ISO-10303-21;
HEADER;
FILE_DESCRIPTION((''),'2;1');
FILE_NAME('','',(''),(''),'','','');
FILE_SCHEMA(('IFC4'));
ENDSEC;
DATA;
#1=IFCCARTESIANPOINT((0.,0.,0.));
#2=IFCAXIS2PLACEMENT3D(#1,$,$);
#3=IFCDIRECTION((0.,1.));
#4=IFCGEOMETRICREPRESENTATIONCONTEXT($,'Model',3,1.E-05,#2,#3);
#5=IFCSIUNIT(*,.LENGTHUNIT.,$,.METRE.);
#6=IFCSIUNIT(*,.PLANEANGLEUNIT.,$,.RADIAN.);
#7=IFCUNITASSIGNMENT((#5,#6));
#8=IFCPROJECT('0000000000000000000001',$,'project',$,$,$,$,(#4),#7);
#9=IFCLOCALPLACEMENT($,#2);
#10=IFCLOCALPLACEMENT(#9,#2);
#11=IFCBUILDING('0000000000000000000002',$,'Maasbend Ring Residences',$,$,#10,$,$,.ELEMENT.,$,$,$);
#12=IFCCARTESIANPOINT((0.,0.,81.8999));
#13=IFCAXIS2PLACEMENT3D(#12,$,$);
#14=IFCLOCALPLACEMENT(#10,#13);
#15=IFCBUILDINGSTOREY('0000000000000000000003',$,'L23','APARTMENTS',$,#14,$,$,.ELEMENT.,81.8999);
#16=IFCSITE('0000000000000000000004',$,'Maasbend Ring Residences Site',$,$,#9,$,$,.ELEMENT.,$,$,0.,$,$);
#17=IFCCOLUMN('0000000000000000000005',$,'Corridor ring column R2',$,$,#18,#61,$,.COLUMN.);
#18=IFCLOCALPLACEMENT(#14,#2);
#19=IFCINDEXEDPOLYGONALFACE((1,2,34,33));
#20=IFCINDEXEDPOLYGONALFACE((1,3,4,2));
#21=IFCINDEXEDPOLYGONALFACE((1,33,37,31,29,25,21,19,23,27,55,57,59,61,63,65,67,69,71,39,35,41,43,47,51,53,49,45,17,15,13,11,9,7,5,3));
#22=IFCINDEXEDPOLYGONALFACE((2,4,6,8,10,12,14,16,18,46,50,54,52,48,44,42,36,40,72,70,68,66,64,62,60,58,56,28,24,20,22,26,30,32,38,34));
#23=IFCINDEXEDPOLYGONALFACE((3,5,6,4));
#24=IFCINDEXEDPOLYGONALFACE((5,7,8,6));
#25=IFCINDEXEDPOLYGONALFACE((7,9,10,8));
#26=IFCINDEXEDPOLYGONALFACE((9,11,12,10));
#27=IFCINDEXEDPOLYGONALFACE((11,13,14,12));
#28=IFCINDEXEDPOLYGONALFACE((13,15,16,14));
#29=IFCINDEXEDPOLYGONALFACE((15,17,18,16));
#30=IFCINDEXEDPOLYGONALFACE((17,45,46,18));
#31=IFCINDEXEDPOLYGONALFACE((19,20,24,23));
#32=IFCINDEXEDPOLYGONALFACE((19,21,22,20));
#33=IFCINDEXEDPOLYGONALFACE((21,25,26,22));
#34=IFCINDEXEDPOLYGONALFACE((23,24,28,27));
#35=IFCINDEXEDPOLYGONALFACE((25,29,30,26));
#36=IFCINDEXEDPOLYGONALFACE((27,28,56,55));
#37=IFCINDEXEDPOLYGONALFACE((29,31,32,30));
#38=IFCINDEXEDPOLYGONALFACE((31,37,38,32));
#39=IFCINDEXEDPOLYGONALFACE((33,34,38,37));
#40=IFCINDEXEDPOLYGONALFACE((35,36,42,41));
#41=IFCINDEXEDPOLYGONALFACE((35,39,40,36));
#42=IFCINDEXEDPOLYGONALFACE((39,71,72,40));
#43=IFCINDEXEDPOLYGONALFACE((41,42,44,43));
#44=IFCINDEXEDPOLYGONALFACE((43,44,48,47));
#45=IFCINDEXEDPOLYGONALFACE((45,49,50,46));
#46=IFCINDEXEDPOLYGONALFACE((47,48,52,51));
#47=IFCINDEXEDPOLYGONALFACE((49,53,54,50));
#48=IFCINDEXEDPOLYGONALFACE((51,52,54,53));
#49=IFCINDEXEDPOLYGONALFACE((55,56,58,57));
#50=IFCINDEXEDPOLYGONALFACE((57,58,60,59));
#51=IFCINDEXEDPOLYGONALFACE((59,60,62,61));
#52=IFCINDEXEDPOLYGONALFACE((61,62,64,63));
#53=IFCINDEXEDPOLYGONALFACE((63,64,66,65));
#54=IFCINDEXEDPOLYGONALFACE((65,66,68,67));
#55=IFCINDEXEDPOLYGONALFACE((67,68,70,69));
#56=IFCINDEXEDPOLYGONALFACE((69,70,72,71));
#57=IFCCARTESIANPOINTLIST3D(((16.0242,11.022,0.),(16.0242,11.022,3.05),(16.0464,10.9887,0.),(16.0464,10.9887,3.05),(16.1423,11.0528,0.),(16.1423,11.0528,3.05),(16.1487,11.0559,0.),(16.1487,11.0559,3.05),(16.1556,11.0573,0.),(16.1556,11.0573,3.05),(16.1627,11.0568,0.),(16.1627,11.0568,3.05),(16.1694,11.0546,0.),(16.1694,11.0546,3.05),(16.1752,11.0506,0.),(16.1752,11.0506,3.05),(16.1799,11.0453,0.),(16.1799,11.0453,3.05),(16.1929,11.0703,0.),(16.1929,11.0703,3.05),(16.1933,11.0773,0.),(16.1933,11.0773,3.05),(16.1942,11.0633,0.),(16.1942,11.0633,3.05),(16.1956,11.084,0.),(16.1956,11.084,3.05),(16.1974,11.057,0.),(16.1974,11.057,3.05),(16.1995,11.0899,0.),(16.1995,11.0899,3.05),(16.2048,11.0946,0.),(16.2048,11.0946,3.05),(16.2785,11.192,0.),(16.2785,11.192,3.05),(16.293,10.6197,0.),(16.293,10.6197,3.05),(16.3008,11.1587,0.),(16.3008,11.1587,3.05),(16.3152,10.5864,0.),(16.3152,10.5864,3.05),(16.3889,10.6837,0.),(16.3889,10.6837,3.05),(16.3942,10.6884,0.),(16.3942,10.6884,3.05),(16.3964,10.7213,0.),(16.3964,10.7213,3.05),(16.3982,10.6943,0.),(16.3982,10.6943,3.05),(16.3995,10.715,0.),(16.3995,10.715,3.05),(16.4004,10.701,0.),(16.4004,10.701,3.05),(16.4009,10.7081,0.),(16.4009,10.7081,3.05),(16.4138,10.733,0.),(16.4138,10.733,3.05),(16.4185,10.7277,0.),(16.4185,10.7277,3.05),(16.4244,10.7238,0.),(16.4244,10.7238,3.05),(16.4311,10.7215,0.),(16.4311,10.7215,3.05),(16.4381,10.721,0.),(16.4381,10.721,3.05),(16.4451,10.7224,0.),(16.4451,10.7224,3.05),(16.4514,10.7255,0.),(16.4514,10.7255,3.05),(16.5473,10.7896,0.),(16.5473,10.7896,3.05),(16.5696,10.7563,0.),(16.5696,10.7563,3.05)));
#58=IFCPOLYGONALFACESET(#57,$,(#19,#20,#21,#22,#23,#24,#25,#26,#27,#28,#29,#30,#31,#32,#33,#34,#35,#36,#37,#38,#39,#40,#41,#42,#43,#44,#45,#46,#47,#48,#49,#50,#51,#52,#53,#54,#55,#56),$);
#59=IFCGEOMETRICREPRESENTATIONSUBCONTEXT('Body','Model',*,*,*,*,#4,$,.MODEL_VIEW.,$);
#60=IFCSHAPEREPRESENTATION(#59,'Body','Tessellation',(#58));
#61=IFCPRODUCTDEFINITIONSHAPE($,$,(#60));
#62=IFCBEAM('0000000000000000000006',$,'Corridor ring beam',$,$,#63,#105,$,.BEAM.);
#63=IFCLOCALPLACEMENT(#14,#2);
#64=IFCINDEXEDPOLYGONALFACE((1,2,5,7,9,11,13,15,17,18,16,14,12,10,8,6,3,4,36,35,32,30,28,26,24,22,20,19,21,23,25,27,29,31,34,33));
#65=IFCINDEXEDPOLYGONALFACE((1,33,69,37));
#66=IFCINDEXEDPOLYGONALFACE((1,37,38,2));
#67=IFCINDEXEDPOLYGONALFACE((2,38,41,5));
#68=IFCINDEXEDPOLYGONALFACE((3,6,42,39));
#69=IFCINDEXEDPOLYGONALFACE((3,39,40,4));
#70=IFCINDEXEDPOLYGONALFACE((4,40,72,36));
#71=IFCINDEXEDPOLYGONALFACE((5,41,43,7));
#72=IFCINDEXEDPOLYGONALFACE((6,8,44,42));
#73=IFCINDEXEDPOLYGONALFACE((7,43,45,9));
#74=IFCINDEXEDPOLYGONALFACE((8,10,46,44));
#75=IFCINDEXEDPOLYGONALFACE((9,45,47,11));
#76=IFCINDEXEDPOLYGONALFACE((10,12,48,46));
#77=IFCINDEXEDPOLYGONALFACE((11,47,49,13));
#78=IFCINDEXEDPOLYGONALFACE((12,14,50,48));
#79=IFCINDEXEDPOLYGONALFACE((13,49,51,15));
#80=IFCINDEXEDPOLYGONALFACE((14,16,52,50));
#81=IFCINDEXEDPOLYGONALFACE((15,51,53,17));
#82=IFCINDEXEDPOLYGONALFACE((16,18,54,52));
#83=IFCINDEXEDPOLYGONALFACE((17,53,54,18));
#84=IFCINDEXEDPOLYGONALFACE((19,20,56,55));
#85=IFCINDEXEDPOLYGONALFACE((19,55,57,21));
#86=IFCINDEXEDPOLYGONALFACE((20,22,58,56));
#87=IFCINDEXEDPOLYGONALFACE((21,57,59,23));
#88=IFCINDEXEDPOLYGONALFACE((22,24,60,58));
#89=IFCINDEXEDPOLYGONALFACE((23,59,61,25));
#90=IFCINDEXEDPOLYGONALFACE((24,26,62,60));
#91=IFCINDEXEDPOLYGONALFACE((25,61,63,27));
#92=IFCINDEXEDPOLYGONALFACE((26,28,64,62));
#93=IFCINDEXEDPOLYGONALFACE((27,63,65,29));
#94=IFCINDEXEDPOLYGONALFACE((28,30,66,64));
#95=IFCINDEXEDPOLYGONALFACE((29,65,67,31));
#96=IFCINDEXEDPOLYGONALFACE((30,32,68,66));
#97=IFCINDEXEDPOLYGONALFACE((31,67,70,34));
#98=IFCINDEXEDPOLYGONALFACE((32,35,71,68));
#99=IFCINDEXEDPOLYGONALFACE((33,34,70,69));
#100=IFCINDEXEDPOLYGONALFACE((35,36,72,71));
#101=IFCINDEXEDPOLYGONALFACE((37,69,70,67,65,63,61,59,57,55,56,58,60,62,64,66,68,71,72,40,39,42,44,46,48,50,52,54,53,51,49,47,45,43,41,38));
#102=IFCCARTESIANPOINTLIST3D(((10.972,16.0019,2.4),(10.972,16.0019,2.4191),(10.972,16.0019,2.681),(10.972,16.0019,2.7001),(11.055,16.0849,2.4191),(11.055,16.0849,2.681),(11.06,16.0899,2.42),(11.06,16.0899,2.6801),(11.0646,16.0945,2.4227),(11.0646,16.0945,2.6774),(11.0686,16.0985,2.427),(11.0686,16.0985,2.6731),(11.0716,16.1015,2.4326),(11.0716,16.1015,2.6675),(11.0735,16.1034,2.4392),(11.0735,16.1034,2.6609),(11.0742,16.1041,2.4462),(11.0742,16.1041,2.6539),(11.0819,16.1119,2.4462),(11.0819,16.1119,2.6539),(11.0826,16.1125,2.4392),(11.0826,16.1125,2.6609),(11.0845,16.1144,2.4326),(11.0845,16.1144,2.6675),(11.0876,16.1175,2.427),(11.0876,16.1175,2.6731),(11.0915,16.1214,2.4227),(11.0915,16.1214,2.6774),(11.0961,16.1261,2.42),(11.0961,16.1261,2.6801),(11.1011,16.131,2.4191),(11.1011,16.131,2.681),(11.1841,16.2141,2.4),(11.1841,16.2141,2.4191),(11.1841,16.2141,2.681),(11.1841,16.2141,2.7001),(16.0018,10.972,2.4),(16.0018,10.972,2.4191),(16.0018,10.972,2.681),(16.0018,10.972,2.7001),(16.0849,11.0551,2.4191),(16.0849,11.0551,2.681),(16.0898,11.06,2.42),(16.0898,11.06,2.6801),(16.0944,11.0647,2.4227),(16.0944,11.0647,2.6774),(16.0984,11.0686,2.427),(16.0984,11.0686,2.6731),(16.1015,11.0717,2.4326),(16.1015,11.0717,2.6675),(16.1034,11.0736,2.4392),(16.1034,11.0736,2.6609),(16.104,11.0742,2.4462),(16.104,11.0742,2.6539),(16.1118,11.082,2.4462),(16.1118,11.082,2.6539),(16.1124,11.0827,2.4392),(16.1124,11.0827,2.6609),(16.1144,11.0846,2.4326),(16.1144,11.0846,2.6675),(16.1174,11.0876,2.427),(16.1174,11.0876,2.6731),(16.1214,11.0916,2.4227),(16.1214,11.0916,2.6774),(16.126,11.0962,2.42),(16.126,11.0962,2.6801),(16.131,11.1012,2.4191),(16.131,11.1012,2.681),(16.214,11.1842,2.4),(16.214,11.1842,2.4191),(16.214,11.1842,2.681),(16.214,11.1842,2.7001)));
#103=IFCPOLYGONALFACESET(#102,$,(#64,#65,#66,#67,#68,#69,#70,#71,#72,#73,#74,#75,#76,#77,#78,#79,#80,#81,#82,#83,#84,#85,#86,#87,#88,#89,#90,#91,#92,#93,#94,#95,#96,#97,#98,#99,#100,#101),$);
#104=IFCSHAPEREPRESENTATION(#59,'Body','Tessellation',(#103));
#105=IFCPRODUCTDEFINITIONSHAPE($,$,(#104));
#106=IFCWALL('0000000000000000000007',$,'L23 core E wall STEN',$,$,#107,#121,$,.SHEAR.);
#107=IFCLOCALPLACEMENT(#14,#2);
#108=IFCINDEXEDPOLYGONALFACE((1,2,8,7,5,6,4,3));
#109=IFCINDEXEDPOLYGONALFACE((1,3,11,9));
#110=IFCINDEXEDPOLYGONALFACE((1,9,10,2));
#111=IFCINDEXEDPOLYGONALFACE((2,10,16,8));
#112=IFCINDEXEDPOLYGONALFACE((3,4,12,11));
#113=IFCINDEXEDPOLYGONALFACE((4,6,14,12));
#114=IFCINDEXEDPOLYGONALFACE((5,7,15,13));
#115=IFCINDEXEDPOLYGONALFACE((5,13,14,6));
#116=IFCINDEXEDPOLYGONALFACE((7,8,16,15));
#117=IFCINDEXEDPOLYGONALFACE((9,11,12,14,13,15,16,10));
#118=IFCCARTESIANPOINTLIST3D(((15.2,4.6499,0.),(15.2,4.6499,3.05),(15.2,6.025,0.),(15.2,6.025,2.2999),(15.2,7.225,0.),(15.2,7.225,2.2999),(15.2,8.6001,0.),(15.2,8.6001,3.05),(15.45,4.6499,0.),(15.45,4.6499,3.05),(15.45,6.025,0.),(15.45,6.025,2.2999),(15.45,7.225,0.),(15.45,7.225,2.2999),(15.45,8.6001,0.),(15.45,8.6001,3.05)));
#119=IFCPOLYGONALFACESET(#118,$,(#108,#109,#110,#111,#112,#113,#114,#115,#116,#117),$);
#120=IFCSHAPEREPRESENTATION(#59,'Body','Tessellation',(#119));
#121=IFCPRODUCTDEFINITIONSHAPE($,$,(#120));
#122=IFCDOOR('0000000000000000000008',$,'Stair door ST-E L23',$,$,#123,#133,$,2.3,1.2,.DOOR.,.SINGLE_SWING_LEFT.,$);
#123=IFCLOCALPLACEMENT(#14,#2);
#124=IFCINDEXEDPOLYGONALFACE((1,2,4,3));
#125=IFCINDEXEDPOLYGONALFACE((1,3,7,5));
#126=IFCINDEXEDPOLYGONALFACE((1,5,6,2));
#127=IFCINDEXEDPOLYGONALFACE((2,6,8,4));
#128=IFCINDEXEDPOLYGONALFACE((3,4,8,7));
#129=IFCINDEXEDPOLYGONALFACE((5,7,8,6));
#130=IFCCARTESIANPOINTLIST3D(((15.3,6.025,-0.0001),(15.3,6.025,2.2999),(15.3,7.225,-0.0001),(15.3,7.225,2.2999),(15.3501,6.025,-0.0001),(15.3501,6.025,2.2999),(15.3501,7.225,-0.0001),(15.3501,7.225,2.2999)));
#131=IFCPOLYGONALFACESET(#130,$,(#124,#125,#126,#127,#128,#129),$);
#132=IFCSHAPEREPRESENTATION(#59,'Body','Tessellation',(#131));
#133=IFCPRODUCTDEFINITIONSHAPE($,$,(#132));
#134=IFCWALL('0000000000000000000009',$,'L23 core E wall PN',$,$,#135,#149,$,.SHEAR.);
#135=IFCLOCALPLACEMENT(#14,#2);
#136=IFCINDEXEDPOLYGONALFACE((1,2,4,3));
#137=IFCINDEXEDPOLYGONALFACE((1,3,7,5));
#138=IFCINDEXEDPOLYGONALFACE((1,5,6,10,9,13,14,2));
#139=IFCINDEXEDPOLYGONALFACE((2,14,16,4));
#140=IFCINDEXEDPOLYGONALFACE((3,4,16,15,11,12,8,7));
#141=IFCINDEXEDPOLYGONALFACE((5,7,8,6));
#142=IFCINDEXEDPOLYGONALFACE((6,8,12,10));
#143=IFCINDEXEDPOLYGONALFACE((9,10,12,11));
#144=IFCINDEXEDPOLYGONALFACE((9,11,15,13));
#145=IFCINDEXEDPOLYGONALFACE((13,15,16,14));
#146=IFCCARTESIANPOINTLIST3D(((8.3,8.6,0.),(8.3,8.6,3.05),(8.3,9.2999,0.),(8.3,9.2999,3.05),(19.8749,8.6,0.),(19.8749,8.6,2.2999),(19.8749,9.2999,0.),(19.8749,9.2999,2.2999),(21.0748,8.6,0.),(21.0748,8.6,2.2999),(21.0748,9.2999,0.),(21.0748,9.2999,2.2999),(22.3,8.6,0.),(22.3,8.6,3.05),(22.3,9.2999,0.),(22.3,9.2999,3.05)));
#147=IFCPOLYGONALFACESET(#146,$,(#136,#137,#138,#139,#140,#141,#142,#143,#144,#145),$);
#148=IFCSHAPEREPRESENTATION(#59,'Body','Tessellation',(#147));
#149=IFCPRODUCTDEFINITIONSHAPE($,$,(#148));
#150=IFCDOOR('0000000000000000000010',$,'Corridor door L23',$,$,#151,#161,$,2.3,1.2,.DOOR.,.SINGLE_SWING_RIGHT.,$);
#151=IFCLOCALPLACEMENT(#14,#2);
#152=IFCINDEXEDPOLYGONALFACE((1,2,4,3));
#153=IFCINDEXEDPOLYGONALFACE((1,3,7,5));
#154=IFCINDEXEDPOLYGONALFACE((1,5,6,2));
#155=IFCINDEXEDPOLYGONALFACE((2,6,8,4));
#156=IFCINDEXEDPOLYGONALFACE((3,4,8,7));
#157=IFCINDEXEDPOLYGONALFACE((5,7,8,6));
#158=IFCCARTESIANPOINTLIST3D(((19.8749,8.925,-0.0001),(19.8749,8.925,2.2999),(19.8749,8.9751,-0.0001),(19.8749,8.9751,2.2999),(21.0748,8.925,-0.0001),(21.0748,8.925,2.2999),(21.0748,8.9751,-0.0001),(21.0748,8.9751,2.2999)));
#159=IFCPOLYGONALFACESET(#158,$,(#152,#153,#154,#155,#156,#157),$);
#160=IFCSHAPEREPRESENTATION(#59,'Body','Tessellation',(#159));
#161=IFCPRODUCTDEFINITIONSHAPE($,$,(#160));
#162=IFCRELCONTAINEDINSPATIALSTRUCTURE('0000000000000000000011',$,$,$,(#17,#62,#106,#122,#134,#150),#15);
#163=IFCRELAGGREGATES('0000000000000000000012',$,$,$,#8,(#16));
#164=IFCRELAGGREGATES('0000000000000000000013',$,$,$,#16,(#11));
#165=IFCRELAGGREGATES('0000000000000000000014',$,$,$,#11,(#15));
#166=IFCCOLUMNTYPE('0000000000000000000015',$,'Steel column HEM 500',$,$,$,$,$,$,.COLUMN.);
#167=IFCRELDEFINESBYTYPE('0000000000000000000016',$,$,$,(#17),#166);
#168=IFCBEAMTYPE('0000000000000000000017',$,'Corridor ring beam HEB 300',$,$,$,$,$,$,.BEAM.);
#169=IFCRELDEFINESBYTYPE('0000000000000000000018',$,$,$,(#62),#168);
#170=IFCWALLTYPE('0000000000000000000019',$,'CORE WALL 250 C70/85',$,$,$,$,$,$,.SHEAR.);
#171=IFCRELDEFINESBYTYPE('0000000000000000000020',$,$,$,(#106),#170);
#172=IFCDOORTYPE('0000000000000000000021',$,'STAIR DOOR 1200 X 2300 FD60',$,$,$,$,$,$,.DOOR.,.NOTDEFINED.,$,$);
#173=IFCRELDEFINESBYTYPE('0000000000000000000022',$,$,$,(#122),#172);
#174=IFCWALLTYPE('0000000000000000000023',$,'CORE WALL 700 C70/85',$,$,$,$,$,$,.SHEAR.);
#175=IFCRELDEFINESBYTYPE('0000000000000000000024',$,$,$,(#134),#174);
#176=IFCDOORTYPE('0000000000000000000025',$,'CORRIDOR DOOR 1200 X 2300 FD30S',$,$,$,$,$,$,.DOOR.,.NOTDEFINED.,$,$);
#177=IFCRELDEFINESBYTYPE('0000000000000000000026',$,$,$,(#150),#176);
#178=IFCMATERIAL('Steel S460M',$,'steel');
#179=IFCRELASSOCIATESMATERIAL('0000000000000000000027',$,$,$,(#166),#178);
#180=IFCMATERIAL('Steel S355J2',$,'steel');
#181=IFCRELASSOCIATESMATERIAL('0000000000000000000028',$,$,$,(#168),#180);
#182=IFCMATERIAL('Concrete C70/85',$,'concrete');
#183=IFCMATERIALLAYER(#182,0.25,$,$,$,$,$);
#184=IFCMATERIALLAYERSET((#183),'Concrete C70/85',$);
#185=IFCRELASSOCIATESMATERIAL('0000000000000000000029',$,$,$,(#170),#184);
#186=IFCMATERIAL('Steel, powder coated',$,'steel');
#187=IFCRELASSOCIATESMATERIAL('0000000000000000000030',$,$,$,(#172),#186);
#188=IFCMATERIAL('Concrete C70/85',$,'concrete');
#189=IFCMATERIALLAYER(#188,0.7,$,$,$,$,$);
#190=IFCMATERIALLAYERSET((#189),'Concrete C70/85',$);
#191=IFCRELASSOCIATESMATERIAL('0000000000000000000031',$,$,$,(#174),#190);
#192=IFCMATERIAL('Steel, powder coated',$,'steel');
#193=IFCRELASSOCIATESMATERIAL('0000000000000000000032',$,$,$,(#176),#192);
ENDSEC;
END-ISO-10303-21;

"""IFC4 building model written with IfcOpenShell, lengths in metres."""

from ifc_helpers import new_model, si_unit, direction, frame, frame_2d, origin, origin_2d, place, context, subcontext, project, spatial, rectangle, i_section, extrude, material, layer, layer_set, material_profile, profile_set, type_object, element, fill, save


model = new_model("IFC4")

# Units and contexts
model_context = context("Model", 3, precision=1e-05, world=origin(), true_north=direction((0.0, 1.0)))
body_context = subcontext(model_context, "Body", "Model", "MODEL_VIEW")
ifc_project = project(units=[si_unit("LENGTHUNIT", "METRE"), si_unit("PLANEANGLEUNIT", "RADIAN")], contexts=[model_context])

# Site, building, storey
site_placement = place(None, origin())
site = spatial("IfcSite", under=ifc_project, at=site_placement, Name="Maasbend Ring Residences Site", CompositionType="ELEMENT", RefElevation=0.0)
building_placement = place(site_placement, origin())
building = spatial("IfcBuilding", under=site, at=building_placement, Name="Maasbend Ring Residences", CompositionType="ELEMENT")
storey_placement = place(building_placement, frame((0.0, 0.0, 81.8999)))
storey = spatial("IfcBuildingStorey", under=building, at=storey_placement, Name="L23", Description="APARTMENTS", CompositionType="ELEMENT", Elevation=81.8999)

# Column
ifc_material_1 = material(Name="Steel S460M", Category="steel")
ifc_material_profile_1 = material_profile(ifc_material_1, i_section(OverallWidth=0.3059, OverallDepth=0.5239, WebThickness=0.021, FlangeThickness=0.04, FilletRadius=0.0271, at=origin_2d()), Name="HEM 500")
ifc_profile_set_1 = profile_set([ifc_material_profile_1], Name="Steel S460M")
column_type = type_object("IfcColumnType", Name="Steel column HEM 500", PredefinedType="COLUMN", material=ifc_profile_set_1)
column_placement = place(storey_placement, frame((16.2969, 10.8892, 0.0), z_axis=(0.0, 0.0, 1.0), x_axis=(0.83147, 0.55557, 0.0)))
element("IfcColumn", 1, at=column_placement, inside=storey, type_object=column_type, Name="Corridor ring column R2", PredefinedType="COLUMN", context=body_context, shape_type="SweptSolid", body=[
    extrude(i_section(OverallWidth=0.3059, OverallDepth=0.5239, WebThickness=0.021, FlangeThickness=0.04, FilletRadius=0.0271, at=origin_2d()), origin(), (0.0, 0.0, 1.0), 3.05),
])

# Beam
ifc_material_2 = material(Name="Steel S355J2", Category="steel")
ifc_material_profile_2 = material_profile(ifc_material_2, i_section(OverallWidth=0.3, OverallDepth=0.3, WebThickness=0.011, FlangeThickness=0.019, FilletRadius=0.0271, at=origin_2d()), Name="HEB 300")
ifc_profile_set_2 = profile_set([ifc_material_profile_2], Name="Steel S355J2")
beam_type = type_object("IfcBeamType", Name="Corridor ring beam HEB 300", PredefinedType="BEAM", material=ifc_profile_set_2)
beam_placement = place(storey_placement, frame((16.1079, 11.0781, 2.55), z_axis=(-0.707107, 0.707107, 0.0), x_axis=(-0.707107, -0.707107, 0.0)))
element("IfcBeam", 2, at=beam_placement, inside=storey, type_object=beam_type, Name="Corridor ring beam", PredefinedType="BEAM", context=body_context, shape_type="SweptSolid", body=[
    extrude(i_section(OverallWidth=0.3, OverallDepth=0.3, WebThickness=0.011, FlangeThickness=0.019, FilletRadius=0.0271, at=origin_2d()), origin(), (0.0, 0.0, 1.0), 7.1133),
])

# Walls, openings, doors
ifc_material_3 = material(Name="Concrete C70/85", Category="concrete")
ifc_layer_1 = layer(ifc_material_3, 0.25)
ifc_layer_set_1 = layer_set([ifc_layer_1], Name="Concrete C70/85")
wall_type_1 = type_object("IfcWallType", Name="CORE WALL 250 C70/85", PredefinedType="SHEAR", material=ifc_layer_set_1)
wall_1_placement = place(storey_placement, frame((15.325, 4.6499, 0.0), z_axis=(0.0, 0.0, 1.0), x_axis=(0.0, 1.0, 0.0)))
wall_1 = element("IfcWall", 3, at=wall_1_placement, inside=storey, type_object=wall_type_1, Name="L23 core E wall STEN", PredefinedType="SHEAR", context=body_context, shape_type="SweptSolid", body=[
    extrude(rectangle(XDim=3.9502, YDim=0.25, at=frame_2d((1.9751, 0.0))), origin(), (0.0, 0.0, 1.0), 3.05),
])
opening_1_placement = place(wall_1_placement, frame((1.375, 0.0, 0.0)))
opening_1 = element("IfcOpeningElement", 4, at=opening_1_placement, cuts=wall_1, PredefinedType="OPENING", context=body_context, shape_type="SweptSolid", body=[
    extrude(rectangle(XDim=1.2, YDim=2.3, at=frame_2d((0.6001, 1.1499))), frame((0.0, 0.135, 0.0), z_axis=(0.0, -1.0, 0.0), x_axis=(1.0, 0.0, 0.0)), (0.0, 0.0, 1.0), 0.27),
])
ifc_material_4 = material(Name="Steel, powder coated", Category="steel")
door_type_1 = type_object("IfcDoorType", Name="STAIR DOOR 1200 X 2300 FD60", OperationType="NOTDEFINED", PredefinedType="DOOR", material=ifc_material_4)
door_1_placement = place(opening_1_placement, origin())
door_1 = element("IfcDoor", 5, at=door_1_placement, inside=storey, type_object=door_type_1, Name="Stair door ST-E L23", OperationType="SINGLE_SWING_LEFT", OverallHeight=2.3, OverallWidth=1.2, PredefinedType="DOOR", context=body_context, shape_type="SweptSolid", body=[
    extrude(rectangle(XDim=1.2, YDim=2.3, at=frame_2d((0.6001, 1.1499))), frame((0.0, 0.0249, 0.0), z_axis=(0.0, -1.0, 0.0), x_axis=(1.0, 0.0, 0.0)), (0.0, 0.0, 1.0), 0.05),
])
fill(opening_1, door_1)
ifc_material_5 = material(Name="Concrete C70/85", Category="concrete")
ifc_layer_2 = layer(ifc_material_5, 0.7)
ifc_layer_set_2 = layer_set([ifc_layer_2], Name="Concrete C70/85")
wall_type_2 = type_object("IfcWallType", Name="CORE WALL 700 C70/85", PredefinedType="SHEAR", material=ifc_layer_set_2)
wall_2_placement = place(storey_placement, frame((22.3, 8.95, 0.0), z_axis=(0.0, 0.0, 1.0), x_axis=(-1.0, 0.0, 0.0)))
wall_2 = element("IfcWall", 6, at=wall_2_placement, inside=storey, type_object=wall_type_2, Name="L23 core E wall PN", PredefinedType="SHEAR", context=body_context, shape_type="SweptSolid", body=[
    extrude(rectangle(XDim=14.0, YDim=0.7, at=frame_2d((7.0, 0.0))), origin(), (0.0, 0.0, 1.0), 3.05),
])
opening_2_placement = place(wall_2_placement, frame((1.2251, 0.0, 0.0)))
opening_2 = element("IfcOpeningElement", 7, at=opening_2_placement, cuts=wall_2, PredefinedType="OPENING", context=body_context, shape_type="SweptSolid", body=[
    extrude(rectangle(XDim=1.2, YDim=2.3, at=frame_2d((0.6001, 1.1499))), frame((0.0, 0.3599, 0.0), z_axis=(0.0, -1.0, 0.0), x_axis=(1.0, 0.0, 0.0)), (0.0, 0.0, 1.0), 0.72),
])
ifc_material_6 = material(Name="Steel, powder coated", Category="steel")
door_type_2 = type_object("IfcDoorType", Name="CORRIDOR DOOR 1200 X 2300 FD30S", OperationType="NOTDEFINED", PredefinedType="DOOR", material=ifc_material_6)
door_2_placement = place(opening_2_placement, origin())
door_2 = element("IfcDoor", 8, at=door_2_placement, inside=storey, type_object=door_type_2, Name="Corridor door L23", OperationType="SINGLE_SWING_RIGHT", OverallHeight=2.3, OverallWidth=1.2, PredefinedType="DOOR", context=body_context, shape_type="SweptSolid", body=[
    extrude(rectangle(XDim=1.2, YDim=2.3, at=frame_2d((0.6001, 1.1499))), frame((0.0, 0.0249, 0.0), z_axis=(0.0, -1.0, 0.0), x_axis=(1.0, 0.0, 0.0)), (0.0, 0.0, 1.0), 0.05),
])
fill(opening_2, door_2)

save(model, "model.ifc")
